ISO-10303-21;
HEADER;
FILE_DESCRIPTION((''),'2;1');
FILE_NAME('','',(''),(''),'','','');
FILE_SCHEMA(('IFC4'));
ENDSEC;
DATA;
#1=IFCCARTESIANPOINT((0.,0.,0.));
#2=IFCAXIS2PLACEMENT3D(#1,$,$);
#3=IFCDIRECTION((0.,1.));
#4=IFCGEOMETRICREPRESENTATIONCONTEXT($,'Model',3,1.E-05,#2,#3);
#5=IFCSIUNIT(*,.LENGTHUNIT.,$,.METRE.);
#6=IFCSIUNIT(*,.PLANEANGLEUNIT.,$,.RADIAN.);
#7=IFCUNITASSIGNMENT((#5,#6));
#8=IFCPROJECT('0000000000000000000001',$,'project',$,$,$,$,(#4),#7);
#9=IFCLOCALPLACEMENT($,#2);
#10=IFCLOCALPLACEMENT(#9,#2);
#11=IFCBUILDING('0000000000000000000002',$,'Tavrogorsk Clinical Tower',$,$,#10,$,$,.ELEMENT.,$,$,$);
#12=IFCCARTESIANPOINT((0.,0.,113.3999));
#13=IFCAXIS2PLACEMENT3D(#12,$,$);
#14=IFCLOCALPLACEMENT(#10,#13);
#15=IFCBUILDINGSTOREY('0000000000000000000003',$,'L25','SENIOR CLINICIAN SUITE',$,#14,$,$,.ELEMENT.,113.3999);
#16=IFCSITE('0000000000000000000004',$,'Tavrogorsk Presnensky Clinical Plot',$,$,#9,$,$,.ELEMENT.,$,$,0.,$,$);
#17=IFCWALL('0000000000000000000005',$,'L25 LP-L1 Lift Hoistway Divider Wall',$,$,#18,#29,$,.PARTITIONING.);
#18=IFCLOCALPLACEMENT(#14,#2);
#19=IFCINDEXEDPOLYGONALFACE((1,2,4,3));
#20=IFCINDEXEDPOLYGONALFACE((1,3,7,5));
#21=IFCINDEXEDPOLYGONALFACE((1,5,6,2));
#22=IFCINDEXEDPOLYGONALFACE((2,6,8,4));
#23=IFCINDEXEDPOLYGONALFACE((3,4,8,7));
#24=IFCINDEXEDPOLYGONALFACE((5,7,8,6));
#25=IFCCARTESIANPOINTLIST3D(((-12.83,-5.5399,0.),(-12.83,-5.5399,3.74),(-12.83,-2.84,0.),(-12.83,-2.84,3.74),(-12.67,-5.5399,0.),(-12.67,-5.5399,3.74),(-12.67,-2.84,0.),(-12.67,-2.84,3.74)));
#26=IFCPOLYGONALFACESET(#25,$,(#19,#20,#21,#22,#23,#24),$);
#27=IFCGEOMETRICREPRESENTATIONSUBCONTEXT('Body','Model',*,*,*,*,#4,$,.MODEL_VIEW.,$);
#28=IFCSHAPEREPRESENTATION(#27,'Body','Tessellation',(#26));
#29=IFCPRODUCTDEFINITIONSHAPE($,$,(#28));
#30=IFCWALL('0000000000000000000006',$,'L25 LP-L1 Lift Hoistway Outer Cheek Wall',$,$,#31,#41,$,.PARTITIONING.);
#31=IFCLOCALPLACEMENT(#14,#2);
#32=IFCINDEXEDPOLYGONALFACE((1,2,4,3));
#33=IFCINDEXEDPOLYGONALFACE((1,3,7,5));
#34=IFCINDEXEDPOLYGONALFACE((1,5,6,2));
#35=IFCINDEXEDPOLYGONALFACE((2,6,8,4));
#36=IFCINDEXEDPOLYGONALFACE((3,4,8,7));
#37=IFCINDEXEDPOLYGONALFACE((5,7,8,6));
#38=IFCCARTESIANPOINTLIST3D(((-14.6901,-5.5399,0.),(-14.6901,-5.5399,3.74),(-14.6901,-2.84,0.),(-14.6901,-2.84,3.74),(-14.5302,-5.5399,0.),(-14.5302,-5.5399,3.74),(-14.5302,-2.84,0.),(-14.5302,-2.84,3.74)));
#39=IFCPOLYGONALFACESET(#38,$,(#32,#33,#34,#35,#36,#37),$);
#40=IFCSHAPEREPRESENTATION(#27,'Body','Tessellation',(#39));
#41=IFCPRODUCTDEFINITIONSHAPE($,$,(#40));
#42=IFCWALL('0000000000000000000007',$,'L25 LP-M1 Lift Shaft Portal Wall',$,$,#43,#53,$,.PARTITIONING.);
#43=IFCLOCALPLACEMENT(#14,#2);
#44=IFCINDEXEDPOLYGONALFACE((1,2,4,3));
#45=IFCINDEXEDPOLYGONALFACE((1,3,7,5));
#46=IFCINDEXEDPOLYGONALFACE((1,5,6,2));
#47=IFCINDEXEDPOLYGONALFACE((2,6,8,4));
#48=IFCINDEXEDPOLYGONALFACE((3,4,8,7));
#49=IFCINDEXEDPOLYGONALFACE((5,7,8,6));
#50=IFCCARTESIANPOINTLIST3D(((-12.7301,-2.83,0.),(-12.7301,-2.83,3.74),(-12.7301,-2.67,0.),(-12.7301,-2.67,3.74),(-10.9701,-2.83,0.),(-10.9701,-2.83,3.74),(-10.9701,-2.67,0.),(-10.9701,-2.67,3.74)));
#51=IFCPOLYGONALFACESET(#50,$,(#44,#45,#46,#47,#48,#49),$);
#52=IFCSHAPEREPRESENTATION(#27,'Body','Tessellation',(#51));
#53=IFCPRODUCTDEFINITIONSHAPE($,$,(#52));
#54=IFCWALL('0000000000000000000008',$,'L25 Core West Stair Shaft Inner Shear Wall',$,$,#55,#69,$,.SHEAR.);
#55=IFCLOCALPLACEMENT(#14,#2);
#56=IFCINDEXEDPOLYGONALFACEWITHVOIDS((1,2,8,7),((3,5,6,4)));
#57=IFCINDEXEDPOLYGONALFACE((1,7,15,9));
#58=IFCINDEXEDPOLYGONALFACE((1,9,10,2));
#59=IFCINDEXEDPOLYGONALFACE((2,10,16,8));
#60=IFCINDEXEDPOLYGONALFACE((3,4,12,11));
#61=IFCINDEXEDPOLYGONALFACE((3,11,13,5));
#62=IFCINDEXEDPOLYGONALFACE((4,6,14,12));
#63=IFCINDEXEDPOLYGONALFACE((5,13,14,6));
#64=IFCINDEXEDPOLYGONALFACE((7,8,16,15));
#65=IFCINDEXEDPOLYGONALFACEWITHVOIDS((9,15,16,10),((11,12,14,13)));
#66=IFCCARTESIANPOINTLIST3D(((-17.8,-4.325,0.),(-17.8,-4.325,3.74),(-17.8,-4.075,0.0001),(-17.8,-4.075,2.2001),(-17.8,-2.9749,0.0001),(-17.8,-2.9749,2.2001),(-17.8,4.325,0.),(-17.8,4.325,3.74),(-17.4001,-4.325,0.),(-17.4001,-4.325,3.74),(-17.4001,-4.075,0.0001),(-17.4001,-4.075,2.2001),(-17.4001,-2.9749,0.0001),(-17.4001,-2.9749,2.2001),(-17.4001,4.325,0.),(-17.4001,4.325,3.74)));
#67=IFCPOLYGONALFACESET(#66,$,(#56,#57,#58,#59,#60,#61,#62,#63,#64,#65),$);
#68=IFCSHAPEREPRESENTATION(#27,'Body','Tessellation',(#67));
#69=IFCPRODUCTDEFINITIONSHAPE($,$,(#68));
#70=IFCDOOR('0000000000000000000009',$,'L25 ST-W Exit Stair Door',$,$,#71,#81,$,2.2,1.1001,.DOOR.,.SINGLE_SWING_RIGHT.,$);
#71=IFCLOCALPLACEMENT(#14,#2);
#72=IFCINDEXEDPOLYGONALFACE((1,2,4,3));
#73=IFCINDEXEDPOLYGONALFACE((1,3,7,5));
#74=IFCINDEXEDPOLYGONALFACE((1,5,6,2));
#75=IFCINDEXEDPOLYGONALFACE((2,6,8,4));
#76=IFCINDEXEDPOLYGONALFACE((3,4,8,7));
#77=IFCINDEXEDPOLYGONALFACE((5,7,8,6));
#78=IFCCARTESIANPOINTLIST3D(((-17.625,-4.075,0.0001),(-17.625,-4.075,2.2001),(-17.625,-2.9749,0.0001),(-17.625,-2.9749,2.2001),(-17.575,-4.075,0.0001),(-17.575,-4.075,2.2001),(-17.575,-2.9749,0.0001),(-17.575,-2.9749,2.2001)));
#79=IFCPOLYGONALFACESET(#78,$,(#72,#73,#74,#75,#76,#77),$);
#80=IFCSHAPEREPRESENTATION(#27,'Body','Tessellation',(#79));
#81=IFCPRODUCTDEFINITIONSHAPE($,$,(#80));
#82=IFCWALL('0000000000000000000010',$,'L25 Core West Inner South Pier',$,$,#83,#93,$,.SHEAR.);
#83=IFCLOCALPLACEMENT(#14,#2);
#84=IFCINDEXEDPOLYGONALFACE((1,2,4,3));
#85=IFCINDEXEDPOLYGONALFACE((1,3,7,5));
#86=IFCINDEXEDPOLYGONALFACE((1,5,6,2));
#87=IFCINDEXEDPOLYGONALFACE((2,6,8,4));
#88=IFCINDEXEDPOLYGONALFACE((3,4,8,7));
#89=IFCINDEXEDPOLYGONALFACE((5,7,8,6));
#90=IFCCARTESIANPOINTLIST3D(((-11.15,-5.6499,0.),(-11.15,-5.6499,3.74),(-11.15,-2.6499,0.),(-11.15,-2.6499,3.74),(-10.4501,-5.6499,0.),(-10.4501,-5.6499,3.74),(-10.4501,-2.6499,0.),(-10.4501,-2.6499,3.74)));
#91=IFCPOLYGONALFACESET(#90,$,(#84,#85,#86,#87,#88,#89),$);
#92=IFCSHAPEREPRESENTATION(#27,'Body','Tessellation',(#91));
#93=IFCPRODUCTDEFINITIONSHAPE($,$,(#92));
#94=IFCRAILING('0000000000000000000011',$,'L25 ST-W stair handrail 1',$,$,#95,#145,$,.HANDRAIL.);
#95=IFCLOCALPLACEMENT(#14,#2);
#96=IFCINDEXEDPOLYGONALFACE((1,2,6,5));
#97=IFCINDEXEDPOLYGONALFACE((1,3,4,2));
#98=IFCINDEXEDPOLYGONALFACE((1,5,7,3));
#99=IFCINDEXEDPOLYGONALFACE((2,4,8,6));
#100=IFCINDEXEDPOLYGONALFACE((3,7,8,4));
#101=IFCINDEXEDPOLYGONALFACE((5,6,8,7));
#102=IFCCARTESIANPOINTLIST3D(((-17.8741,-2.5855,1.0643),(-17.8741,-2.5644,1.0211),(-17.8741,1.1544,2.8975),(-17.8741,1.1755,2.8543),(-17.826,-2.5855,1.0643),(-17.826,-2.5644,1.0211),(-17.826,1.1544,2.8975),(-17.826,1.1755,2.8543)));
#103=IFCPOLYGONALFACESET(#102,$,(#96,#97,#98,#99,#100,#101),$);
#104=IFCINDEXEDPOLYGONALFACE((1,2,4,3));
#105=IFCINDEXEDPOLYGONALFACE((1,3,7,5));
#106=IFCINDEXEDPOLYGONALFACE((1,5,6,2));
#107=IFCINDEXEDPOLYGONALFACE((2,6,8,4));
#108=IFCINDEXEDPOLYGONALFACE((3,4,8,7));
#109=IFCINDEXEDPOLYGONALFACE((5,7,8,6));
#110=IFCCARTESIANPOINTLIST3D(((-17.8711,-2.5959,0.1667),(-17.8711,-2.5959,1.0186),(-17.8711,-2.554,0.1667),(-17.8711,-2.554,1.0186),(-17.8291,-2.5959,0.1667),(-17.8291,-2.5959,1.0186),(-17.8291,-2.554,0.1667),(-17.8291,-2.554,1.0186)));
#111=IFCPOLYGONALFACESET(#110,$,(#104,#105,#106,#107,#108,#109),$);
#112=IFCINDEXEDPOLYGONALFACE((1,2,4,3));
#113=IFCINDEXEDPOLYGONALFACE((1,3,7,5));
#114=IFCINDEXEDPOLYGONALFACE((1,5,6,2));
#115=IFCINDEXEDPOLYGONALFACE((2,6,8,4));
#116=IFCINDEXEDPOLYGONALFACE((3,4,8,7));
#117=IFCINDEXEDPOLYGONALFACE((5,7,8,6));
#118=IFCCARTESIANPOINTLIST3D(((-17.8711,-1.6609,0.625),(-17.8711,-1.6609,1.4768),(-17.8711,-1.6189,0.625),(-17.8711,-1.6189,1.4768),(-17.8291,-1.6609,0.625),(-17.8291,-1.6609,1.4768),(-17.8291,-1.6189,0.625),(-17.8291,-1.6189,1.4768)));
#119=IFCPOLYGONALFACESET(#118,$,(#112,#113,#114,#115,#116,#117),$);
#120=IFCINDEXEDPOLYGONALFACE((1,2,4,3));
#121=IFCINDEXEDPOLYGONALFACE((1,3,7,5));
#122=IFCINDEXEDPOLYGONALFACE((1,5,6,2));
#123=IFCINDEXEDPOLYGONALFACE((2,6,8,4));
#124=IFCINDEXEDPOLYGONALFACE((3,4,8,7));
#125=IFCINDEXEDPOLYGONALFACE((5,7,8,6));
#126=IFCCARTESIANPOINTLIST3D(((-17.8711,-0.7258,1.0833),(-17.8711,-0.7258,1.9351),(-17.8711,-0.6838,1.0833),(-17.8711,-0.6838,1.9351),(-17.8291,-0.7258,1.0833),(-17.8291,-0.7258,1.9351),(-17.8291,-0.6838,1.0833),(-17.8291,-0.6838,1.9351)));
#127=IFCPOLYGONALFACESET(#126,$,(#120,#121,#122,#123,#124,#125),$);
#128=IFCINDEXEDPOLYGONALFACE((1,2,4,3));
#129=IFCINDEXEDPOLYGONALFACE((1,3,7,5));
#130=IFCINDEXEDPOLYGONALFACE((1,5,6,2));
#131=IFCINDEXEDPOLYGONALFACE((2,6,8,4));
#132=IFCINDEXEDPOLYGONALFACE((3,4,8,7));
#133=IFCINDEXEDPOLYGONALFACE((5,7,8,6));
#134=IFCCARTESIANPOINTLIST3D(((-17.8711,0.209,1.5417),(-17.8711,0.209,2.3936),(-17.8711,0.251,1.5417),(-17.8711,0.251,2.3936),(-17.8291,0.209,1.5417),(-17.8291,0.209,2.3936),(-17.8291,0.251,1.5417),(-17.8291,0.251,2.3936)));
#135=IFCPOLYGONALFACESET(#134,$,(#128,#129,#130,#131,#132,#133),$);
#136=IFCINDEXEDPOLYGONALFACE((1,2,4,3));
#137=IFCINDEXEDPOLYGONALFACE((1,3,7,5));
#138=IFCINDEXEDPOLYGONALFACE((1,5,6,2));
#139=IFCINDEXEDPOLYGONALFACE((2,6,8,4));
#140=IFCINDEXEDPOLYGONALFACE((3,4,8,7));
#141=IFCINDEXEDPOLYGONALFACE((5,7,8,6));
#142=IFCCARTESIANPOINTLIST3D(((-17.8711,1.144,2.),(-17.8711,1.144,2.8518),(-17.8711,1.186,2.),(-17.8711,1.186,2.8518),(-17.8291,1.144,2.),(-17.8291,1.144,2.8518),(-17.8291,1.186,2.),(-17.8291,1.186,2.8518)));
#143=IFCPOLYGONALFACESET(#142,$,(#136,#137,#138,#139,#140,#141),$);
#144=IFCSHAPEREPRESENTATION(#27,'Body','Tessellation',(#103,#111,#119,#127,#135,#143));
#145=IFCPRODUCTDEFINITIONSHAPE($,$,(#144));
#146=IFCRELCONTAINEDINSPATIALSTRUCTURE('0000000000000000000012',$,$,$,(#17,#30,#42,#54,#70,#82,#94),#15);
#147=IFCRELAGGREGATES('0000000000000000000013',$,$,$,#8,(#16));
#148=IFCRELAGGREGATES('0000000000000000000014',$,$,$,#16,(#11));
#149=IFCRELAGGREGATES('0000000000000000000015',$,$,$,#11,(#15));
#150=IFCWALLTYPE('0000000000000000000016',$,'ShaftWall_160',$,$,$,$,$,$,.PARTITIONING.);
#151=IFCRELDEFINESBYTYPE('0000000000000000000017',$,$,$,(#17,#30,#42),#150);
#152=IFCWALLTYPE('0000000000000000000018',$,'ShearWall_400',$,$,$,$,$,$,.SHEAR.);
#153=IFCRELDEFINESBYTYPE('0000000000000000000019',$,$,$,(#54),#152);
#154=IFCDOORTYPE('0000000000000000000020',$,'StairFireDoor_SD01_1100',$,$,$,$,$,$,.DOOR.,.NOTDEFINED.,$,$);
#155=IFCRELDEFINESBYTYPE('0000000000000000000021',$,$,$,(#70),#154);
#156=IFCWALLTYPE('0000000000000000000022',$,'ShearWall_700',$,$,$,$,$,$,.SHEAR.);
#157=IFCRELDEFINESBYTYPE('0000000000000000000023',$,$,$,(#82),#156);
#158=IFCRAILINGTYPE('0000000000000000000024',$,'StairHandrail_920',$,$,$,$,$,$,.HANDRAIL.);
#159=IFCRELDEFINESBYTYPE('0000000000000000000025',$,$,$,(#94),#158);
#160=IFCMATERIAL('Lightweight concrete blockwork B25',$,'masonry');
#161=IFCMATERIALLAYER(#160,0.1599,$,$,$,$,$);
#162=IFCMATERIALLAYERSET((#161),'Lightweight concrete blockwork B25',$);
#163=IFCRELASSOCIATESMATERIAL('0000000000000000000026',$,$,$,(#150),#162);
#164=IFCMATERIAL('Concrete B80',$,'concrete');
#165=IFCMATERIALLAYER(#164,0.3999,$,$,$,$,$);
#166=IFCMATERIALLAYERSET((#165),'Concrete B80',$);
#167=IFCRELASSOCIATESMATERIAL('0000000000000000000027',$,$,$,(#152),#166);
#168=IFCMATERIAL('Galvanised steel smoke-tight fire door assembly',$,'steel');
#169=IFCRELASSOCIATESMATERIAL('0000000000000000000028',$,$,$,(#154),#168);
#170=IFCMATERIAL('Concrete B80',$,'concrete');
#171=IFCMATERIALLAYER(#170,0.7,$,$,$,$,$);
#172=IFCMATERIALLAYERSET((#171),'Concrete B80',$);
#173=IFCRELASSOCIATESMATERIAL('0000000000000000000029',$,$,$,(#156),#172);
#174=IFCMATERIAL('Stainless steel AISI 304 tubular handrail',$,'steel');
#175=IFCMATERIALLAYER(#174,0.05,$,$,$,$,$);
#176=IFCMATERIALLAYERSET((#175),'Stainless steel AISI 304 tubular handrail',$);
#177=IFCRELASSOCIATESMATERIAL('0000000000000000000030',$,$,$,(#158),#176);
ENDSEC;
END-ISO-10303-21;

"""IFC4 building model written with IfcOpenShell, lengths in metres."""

from ifc_helpers import new_model, si_unit, direction, frame, frame_2d, origin, origin_2d, place, context, subcontext, project, spatial, rectangle, extrude, material, layer, layer_set, type_object, element, fill, save


model = new_model("IFC4")

# Units and contexts
model_context = context("Model", 3, precision=1e-05, world=origin(), true_north=direction((0.0, 1.0)))
body_context = subcontext(model_context, "Body", "Model", "MODEL_VIEW")
ifc_project = project(units=[si_unit("LENGTHUNIT", "METRE"), si_unit("PLANEANGLEUNIT", "RADIAN")], contexts=[model_context])

# Site, building, storey
site_placement = place(None, origin())
site = spatial("IfcSite", under=ifc_project, at=site_placement, Name="Tavrogorsk Presnensky Clinical Plot", CompositionType="ELEMENT", RefElevation=0.0)
building_placement = place(site_placement, origin())
building = spatial("IfcBuilding", under=site, at=building_placement, Name="Tavrogorsk Clinical Tower", CompositionType="ELEMENT")
storey_placement = place(building_placement, frame((0.0, 0.0, 113.3999)))
storey = spatial("IfcBuildingStorey", under=building, at=storey_placement, Name="L25", Description="SENIOR CLINICIAN SUITE", CompositionType="ELEMENT", Elevation=113.3999)

# Shared definitions
ifc_material_1 = material(Name="Lightweight concrete blockwork B25", Category="masonry")
ifc_layer_1 = layer(ifc_material_1, 0.1599)
ifc_layer_set_1 = layer_set([ifc_layer_1], Name="Lightweight concrete blockwork B25")
wall_type_1 = type_object("IfcWallType", Name="ShaftWall_160", PredefinedType="PARTITIONING", material=ifc_layer_set_1)

# Walls
for number, where, z_axis, x_axis, name in (
    (1, (-12.75, -5.54, 0.0), (0.0, 0.0, 1.0), (0.0, 1.0, 0.0), "L25 LP-L1 Lift Hoistway Divider Wall"),
    (2, (-14.6101, -5.54, 0.0), (0.0, 0.0, 1.0), (0.0, 1.0, 0.0), "L25 LP-L1 Lift Hoistway Outer Cheek Wall"),
):
    element("IfcWall", number, at=place(storey_placement, frame(where, z_axis=z_axis, x_axis=x_axis)), inside=storey, type_object=wall_type_1, Name=name, PredefinedType="PARTITIONING", context=body_context, shape_type="SweptSolid", body=[
        extrude(rectangle(XDim=2.7, YDim=0.1599, at=frame_2d((1.3501, 0.0))), origin(), (0.0, 0.0, 1.0), 3.74),
    ])
wall_1_placement = place(storey_placement, frame((-12.73, -2.75, 0.0), z_axis=(0.0, 0.0, 1.0), x_axis=(1.0, 0.0, 0.0)))
element("IfcWall", 3, at=wall_1_placement, inside=storey, type_object=wall_type_1, Name="L25 LP-M1 Lift Shaft Portal Wall", PredefinedType="PARTITIONING", context=body_context, shape_type="SweptSolid", body=[
    extrude(rectangle(XDim=1.76, YDim=0.1599, at=frame_2d((0.8799, 0.0))), origin(), (0.0, 0.0, 1.0), 3.74),
])

# Wall, opening, door
ifc_material_2 = material(Name="Concrete B80", Category="concrete")
ifc_layer_2 = layer(ifc_material_2, 0.3999)
ifc_layer_set_2 = layer_set([ifc_layer_2], Name="Concrete B80")
wall_type_2 = type_object("IfcWallType", Name="ShearWall_400", PredefinedType="SHEAR", material=ifc_layer_set_2)
wall_2_placement = place(storey_placement, frame((-17.6001, -4.325, 0.0), z_axis=(0.0, 0.0, 1.0), x_axis=(0.0, 1.0, 0.0)))
wall_2 = element("IfcWall", 4, at=wall_2_placement, inside=storey, type_object=wall_type_2, Name="L25 Core West Stair Shaft Inner Shear Wall", PredefinedType="SHEAR", context=body_context, shape_type="SweptSolid", body=[
    extrude(rectangle(XDim=8.6499, YDim=0.3999, at=frame_2d((4.325, 0.0))), origin(), (0.0, 0.0, 1.0), 3.74),
])
opening_1_placement = place(wall_2_placement, frame((0.25, 0.0, 0.0)))
opening_1 = element("IfcOpeningElement", 5, at=opening_1_placement, cuts=wall_2, PredefinedType="OPENING", context=body_context, shape_type="SweptSolid", body=[
    extrude(rectangle(XDim=1.1001, YDim=2.2, at=frame_2d((0.55, 1.1001))), frame((0.0, 0.21, 0.0), z_axis=(0.0, -1.0, 0.0), x_axis=(1.0, 0.0, 0.0)), (0.0, 0.0, 1.0), 0.4199),
])
ifc_material_3 = material(Name="Galvanised steel smoke-tight fire door assembly", Category="steel")
door_type_1 = type_object("IfcDoorType", Name="StairFireDoor_SD01_1100", OperationType="NOTDEFINED", PredefinedType="DOOR", material=ifc_material_3)
door_1_placement = place(opening_1_placement, origin())
door_1 = element("IfcDoor", 6, at=door_1_placement, inside=storey, type_object=door_type_1, Name="L25 ST-W Exit Stair Door", OperationType="SINGLE_SWING_RIGHT", OverallHeight=2.2, OverallWidth=1.1001, PredefinedType="DOOR", context=body_context, shape_type="SweptSolid", body=[
    extrude(rectangle(XDim=1.1001, YDim=2.2, at=frame_2d((0.55, 1.1001))), frame((0.0, 0.0249, 0.0), z_axis=(0.0, -1.0, 0.0), x_axis=(1.0, 0.0, 0.0)), (0.0, 0.0, 1.0), 0.05),
])
fill(opening_1, door_1)

# Wall
ifc_material_4 = material(Name="Concrete B80", Category="concrete")
ifc_layer_3 = layer(ifc_material_4, 0.7)
ifc_layer_set_3 = layer_set([ifc_layer_3], Name="Concrete B80")
wall_type_3 = type_object("IfcWallType", Name="ShearWall_700", PredefinedType="SHEAR", material=ifc_layer_set_3)
wall_3_placement = place(storey_placement, frame((-10.8, -5.6499, 0.0), z_axis=(0.0, 0.0, 1.0), x_axis=(0.0, 1.0, 0.0)))
element("IfcWall", 7, at=wall_3_placement, inside=storey, type_object=wall_type_3, Name="L25 Core West Inner South Pier", PredefinedType="SHEAR", context=body_context, shape_type="SweptSolid", body=[
    extrude(rectangle(XDim=3.0, YDim=0.7, at=frame_2d((1.5, 0.0))), origin(), (0.0, 0.0, 1.0), 3.74),
])

# Railing
ifc_material_5 = material(Name="Stainless steel AISI 304 tubular handrail", Category="steel")
ifc_layer_4 = layer(ifc_material_5, 0.05)
ifc_layer_set_4 = layer_set([ifc_layer_4], Name="Stainless steel AISI 304 tubular handrail")
railing_type = type_object("IfcRailingType", Name="StairHandrail_920", PredefinedType="HANDRAIL", material=ifc_layer_set_4)
railing_placement = place(storey_placement, frame((-17.8501, -2.575, 0.1667)))
element("IfcRailing", 8, at=railing_placement, inside=storey, type_object=railing_type, Name="L25 ST-W stair handrail 1", PredefinedType="HANDRAIL", context=body_context, shape_type="SweptSolid", body=[
    extrude(rectangle(XDim=0.0481, YDim=0.0481, at=origin_2d()), frame((0.0, 0.0, 0.876), z_axis=(0.0, 0.897928, 0.440142), x_axis=(-1.0, 0.0, 0.0)), (0.0, 0.0, 1.0), 4.165),
    extrude(rectangle(XDim=0.042, YDim=0.042, at=origin_2d()), origin(), (0.0, 0.0, 1.0), 0.8518),
    extrude(rectangle(XDim=0.042, YDim=0.042, at=origin_2d()), frame((0.0, 0.9351, 0.4583)), (0.0, 0.0, 1.0), 0.8518),
    extrude(rectangle(XDim=0.042, YDim=0.042, at=origin_2d()), frame((0.0, 1.8701, 0.9165)), (0.0, 0.0, 1.0), 0.8518),
    extrude(rectangle(XDim=0.042, YDim=0.042, at=origin_2d()), frame((0.0, 2.8049, 1.375)), (0.0, 0.0, 1.0), 0.8518),
    extrude(rectangle(XDim=0.042, YDim=0.042, at=origin_2d()), frame((0.0, 3.74, 1.8333)), (0.0, 0.0, 1.0), 0.8518),
])

save(model, "model.ifc")
